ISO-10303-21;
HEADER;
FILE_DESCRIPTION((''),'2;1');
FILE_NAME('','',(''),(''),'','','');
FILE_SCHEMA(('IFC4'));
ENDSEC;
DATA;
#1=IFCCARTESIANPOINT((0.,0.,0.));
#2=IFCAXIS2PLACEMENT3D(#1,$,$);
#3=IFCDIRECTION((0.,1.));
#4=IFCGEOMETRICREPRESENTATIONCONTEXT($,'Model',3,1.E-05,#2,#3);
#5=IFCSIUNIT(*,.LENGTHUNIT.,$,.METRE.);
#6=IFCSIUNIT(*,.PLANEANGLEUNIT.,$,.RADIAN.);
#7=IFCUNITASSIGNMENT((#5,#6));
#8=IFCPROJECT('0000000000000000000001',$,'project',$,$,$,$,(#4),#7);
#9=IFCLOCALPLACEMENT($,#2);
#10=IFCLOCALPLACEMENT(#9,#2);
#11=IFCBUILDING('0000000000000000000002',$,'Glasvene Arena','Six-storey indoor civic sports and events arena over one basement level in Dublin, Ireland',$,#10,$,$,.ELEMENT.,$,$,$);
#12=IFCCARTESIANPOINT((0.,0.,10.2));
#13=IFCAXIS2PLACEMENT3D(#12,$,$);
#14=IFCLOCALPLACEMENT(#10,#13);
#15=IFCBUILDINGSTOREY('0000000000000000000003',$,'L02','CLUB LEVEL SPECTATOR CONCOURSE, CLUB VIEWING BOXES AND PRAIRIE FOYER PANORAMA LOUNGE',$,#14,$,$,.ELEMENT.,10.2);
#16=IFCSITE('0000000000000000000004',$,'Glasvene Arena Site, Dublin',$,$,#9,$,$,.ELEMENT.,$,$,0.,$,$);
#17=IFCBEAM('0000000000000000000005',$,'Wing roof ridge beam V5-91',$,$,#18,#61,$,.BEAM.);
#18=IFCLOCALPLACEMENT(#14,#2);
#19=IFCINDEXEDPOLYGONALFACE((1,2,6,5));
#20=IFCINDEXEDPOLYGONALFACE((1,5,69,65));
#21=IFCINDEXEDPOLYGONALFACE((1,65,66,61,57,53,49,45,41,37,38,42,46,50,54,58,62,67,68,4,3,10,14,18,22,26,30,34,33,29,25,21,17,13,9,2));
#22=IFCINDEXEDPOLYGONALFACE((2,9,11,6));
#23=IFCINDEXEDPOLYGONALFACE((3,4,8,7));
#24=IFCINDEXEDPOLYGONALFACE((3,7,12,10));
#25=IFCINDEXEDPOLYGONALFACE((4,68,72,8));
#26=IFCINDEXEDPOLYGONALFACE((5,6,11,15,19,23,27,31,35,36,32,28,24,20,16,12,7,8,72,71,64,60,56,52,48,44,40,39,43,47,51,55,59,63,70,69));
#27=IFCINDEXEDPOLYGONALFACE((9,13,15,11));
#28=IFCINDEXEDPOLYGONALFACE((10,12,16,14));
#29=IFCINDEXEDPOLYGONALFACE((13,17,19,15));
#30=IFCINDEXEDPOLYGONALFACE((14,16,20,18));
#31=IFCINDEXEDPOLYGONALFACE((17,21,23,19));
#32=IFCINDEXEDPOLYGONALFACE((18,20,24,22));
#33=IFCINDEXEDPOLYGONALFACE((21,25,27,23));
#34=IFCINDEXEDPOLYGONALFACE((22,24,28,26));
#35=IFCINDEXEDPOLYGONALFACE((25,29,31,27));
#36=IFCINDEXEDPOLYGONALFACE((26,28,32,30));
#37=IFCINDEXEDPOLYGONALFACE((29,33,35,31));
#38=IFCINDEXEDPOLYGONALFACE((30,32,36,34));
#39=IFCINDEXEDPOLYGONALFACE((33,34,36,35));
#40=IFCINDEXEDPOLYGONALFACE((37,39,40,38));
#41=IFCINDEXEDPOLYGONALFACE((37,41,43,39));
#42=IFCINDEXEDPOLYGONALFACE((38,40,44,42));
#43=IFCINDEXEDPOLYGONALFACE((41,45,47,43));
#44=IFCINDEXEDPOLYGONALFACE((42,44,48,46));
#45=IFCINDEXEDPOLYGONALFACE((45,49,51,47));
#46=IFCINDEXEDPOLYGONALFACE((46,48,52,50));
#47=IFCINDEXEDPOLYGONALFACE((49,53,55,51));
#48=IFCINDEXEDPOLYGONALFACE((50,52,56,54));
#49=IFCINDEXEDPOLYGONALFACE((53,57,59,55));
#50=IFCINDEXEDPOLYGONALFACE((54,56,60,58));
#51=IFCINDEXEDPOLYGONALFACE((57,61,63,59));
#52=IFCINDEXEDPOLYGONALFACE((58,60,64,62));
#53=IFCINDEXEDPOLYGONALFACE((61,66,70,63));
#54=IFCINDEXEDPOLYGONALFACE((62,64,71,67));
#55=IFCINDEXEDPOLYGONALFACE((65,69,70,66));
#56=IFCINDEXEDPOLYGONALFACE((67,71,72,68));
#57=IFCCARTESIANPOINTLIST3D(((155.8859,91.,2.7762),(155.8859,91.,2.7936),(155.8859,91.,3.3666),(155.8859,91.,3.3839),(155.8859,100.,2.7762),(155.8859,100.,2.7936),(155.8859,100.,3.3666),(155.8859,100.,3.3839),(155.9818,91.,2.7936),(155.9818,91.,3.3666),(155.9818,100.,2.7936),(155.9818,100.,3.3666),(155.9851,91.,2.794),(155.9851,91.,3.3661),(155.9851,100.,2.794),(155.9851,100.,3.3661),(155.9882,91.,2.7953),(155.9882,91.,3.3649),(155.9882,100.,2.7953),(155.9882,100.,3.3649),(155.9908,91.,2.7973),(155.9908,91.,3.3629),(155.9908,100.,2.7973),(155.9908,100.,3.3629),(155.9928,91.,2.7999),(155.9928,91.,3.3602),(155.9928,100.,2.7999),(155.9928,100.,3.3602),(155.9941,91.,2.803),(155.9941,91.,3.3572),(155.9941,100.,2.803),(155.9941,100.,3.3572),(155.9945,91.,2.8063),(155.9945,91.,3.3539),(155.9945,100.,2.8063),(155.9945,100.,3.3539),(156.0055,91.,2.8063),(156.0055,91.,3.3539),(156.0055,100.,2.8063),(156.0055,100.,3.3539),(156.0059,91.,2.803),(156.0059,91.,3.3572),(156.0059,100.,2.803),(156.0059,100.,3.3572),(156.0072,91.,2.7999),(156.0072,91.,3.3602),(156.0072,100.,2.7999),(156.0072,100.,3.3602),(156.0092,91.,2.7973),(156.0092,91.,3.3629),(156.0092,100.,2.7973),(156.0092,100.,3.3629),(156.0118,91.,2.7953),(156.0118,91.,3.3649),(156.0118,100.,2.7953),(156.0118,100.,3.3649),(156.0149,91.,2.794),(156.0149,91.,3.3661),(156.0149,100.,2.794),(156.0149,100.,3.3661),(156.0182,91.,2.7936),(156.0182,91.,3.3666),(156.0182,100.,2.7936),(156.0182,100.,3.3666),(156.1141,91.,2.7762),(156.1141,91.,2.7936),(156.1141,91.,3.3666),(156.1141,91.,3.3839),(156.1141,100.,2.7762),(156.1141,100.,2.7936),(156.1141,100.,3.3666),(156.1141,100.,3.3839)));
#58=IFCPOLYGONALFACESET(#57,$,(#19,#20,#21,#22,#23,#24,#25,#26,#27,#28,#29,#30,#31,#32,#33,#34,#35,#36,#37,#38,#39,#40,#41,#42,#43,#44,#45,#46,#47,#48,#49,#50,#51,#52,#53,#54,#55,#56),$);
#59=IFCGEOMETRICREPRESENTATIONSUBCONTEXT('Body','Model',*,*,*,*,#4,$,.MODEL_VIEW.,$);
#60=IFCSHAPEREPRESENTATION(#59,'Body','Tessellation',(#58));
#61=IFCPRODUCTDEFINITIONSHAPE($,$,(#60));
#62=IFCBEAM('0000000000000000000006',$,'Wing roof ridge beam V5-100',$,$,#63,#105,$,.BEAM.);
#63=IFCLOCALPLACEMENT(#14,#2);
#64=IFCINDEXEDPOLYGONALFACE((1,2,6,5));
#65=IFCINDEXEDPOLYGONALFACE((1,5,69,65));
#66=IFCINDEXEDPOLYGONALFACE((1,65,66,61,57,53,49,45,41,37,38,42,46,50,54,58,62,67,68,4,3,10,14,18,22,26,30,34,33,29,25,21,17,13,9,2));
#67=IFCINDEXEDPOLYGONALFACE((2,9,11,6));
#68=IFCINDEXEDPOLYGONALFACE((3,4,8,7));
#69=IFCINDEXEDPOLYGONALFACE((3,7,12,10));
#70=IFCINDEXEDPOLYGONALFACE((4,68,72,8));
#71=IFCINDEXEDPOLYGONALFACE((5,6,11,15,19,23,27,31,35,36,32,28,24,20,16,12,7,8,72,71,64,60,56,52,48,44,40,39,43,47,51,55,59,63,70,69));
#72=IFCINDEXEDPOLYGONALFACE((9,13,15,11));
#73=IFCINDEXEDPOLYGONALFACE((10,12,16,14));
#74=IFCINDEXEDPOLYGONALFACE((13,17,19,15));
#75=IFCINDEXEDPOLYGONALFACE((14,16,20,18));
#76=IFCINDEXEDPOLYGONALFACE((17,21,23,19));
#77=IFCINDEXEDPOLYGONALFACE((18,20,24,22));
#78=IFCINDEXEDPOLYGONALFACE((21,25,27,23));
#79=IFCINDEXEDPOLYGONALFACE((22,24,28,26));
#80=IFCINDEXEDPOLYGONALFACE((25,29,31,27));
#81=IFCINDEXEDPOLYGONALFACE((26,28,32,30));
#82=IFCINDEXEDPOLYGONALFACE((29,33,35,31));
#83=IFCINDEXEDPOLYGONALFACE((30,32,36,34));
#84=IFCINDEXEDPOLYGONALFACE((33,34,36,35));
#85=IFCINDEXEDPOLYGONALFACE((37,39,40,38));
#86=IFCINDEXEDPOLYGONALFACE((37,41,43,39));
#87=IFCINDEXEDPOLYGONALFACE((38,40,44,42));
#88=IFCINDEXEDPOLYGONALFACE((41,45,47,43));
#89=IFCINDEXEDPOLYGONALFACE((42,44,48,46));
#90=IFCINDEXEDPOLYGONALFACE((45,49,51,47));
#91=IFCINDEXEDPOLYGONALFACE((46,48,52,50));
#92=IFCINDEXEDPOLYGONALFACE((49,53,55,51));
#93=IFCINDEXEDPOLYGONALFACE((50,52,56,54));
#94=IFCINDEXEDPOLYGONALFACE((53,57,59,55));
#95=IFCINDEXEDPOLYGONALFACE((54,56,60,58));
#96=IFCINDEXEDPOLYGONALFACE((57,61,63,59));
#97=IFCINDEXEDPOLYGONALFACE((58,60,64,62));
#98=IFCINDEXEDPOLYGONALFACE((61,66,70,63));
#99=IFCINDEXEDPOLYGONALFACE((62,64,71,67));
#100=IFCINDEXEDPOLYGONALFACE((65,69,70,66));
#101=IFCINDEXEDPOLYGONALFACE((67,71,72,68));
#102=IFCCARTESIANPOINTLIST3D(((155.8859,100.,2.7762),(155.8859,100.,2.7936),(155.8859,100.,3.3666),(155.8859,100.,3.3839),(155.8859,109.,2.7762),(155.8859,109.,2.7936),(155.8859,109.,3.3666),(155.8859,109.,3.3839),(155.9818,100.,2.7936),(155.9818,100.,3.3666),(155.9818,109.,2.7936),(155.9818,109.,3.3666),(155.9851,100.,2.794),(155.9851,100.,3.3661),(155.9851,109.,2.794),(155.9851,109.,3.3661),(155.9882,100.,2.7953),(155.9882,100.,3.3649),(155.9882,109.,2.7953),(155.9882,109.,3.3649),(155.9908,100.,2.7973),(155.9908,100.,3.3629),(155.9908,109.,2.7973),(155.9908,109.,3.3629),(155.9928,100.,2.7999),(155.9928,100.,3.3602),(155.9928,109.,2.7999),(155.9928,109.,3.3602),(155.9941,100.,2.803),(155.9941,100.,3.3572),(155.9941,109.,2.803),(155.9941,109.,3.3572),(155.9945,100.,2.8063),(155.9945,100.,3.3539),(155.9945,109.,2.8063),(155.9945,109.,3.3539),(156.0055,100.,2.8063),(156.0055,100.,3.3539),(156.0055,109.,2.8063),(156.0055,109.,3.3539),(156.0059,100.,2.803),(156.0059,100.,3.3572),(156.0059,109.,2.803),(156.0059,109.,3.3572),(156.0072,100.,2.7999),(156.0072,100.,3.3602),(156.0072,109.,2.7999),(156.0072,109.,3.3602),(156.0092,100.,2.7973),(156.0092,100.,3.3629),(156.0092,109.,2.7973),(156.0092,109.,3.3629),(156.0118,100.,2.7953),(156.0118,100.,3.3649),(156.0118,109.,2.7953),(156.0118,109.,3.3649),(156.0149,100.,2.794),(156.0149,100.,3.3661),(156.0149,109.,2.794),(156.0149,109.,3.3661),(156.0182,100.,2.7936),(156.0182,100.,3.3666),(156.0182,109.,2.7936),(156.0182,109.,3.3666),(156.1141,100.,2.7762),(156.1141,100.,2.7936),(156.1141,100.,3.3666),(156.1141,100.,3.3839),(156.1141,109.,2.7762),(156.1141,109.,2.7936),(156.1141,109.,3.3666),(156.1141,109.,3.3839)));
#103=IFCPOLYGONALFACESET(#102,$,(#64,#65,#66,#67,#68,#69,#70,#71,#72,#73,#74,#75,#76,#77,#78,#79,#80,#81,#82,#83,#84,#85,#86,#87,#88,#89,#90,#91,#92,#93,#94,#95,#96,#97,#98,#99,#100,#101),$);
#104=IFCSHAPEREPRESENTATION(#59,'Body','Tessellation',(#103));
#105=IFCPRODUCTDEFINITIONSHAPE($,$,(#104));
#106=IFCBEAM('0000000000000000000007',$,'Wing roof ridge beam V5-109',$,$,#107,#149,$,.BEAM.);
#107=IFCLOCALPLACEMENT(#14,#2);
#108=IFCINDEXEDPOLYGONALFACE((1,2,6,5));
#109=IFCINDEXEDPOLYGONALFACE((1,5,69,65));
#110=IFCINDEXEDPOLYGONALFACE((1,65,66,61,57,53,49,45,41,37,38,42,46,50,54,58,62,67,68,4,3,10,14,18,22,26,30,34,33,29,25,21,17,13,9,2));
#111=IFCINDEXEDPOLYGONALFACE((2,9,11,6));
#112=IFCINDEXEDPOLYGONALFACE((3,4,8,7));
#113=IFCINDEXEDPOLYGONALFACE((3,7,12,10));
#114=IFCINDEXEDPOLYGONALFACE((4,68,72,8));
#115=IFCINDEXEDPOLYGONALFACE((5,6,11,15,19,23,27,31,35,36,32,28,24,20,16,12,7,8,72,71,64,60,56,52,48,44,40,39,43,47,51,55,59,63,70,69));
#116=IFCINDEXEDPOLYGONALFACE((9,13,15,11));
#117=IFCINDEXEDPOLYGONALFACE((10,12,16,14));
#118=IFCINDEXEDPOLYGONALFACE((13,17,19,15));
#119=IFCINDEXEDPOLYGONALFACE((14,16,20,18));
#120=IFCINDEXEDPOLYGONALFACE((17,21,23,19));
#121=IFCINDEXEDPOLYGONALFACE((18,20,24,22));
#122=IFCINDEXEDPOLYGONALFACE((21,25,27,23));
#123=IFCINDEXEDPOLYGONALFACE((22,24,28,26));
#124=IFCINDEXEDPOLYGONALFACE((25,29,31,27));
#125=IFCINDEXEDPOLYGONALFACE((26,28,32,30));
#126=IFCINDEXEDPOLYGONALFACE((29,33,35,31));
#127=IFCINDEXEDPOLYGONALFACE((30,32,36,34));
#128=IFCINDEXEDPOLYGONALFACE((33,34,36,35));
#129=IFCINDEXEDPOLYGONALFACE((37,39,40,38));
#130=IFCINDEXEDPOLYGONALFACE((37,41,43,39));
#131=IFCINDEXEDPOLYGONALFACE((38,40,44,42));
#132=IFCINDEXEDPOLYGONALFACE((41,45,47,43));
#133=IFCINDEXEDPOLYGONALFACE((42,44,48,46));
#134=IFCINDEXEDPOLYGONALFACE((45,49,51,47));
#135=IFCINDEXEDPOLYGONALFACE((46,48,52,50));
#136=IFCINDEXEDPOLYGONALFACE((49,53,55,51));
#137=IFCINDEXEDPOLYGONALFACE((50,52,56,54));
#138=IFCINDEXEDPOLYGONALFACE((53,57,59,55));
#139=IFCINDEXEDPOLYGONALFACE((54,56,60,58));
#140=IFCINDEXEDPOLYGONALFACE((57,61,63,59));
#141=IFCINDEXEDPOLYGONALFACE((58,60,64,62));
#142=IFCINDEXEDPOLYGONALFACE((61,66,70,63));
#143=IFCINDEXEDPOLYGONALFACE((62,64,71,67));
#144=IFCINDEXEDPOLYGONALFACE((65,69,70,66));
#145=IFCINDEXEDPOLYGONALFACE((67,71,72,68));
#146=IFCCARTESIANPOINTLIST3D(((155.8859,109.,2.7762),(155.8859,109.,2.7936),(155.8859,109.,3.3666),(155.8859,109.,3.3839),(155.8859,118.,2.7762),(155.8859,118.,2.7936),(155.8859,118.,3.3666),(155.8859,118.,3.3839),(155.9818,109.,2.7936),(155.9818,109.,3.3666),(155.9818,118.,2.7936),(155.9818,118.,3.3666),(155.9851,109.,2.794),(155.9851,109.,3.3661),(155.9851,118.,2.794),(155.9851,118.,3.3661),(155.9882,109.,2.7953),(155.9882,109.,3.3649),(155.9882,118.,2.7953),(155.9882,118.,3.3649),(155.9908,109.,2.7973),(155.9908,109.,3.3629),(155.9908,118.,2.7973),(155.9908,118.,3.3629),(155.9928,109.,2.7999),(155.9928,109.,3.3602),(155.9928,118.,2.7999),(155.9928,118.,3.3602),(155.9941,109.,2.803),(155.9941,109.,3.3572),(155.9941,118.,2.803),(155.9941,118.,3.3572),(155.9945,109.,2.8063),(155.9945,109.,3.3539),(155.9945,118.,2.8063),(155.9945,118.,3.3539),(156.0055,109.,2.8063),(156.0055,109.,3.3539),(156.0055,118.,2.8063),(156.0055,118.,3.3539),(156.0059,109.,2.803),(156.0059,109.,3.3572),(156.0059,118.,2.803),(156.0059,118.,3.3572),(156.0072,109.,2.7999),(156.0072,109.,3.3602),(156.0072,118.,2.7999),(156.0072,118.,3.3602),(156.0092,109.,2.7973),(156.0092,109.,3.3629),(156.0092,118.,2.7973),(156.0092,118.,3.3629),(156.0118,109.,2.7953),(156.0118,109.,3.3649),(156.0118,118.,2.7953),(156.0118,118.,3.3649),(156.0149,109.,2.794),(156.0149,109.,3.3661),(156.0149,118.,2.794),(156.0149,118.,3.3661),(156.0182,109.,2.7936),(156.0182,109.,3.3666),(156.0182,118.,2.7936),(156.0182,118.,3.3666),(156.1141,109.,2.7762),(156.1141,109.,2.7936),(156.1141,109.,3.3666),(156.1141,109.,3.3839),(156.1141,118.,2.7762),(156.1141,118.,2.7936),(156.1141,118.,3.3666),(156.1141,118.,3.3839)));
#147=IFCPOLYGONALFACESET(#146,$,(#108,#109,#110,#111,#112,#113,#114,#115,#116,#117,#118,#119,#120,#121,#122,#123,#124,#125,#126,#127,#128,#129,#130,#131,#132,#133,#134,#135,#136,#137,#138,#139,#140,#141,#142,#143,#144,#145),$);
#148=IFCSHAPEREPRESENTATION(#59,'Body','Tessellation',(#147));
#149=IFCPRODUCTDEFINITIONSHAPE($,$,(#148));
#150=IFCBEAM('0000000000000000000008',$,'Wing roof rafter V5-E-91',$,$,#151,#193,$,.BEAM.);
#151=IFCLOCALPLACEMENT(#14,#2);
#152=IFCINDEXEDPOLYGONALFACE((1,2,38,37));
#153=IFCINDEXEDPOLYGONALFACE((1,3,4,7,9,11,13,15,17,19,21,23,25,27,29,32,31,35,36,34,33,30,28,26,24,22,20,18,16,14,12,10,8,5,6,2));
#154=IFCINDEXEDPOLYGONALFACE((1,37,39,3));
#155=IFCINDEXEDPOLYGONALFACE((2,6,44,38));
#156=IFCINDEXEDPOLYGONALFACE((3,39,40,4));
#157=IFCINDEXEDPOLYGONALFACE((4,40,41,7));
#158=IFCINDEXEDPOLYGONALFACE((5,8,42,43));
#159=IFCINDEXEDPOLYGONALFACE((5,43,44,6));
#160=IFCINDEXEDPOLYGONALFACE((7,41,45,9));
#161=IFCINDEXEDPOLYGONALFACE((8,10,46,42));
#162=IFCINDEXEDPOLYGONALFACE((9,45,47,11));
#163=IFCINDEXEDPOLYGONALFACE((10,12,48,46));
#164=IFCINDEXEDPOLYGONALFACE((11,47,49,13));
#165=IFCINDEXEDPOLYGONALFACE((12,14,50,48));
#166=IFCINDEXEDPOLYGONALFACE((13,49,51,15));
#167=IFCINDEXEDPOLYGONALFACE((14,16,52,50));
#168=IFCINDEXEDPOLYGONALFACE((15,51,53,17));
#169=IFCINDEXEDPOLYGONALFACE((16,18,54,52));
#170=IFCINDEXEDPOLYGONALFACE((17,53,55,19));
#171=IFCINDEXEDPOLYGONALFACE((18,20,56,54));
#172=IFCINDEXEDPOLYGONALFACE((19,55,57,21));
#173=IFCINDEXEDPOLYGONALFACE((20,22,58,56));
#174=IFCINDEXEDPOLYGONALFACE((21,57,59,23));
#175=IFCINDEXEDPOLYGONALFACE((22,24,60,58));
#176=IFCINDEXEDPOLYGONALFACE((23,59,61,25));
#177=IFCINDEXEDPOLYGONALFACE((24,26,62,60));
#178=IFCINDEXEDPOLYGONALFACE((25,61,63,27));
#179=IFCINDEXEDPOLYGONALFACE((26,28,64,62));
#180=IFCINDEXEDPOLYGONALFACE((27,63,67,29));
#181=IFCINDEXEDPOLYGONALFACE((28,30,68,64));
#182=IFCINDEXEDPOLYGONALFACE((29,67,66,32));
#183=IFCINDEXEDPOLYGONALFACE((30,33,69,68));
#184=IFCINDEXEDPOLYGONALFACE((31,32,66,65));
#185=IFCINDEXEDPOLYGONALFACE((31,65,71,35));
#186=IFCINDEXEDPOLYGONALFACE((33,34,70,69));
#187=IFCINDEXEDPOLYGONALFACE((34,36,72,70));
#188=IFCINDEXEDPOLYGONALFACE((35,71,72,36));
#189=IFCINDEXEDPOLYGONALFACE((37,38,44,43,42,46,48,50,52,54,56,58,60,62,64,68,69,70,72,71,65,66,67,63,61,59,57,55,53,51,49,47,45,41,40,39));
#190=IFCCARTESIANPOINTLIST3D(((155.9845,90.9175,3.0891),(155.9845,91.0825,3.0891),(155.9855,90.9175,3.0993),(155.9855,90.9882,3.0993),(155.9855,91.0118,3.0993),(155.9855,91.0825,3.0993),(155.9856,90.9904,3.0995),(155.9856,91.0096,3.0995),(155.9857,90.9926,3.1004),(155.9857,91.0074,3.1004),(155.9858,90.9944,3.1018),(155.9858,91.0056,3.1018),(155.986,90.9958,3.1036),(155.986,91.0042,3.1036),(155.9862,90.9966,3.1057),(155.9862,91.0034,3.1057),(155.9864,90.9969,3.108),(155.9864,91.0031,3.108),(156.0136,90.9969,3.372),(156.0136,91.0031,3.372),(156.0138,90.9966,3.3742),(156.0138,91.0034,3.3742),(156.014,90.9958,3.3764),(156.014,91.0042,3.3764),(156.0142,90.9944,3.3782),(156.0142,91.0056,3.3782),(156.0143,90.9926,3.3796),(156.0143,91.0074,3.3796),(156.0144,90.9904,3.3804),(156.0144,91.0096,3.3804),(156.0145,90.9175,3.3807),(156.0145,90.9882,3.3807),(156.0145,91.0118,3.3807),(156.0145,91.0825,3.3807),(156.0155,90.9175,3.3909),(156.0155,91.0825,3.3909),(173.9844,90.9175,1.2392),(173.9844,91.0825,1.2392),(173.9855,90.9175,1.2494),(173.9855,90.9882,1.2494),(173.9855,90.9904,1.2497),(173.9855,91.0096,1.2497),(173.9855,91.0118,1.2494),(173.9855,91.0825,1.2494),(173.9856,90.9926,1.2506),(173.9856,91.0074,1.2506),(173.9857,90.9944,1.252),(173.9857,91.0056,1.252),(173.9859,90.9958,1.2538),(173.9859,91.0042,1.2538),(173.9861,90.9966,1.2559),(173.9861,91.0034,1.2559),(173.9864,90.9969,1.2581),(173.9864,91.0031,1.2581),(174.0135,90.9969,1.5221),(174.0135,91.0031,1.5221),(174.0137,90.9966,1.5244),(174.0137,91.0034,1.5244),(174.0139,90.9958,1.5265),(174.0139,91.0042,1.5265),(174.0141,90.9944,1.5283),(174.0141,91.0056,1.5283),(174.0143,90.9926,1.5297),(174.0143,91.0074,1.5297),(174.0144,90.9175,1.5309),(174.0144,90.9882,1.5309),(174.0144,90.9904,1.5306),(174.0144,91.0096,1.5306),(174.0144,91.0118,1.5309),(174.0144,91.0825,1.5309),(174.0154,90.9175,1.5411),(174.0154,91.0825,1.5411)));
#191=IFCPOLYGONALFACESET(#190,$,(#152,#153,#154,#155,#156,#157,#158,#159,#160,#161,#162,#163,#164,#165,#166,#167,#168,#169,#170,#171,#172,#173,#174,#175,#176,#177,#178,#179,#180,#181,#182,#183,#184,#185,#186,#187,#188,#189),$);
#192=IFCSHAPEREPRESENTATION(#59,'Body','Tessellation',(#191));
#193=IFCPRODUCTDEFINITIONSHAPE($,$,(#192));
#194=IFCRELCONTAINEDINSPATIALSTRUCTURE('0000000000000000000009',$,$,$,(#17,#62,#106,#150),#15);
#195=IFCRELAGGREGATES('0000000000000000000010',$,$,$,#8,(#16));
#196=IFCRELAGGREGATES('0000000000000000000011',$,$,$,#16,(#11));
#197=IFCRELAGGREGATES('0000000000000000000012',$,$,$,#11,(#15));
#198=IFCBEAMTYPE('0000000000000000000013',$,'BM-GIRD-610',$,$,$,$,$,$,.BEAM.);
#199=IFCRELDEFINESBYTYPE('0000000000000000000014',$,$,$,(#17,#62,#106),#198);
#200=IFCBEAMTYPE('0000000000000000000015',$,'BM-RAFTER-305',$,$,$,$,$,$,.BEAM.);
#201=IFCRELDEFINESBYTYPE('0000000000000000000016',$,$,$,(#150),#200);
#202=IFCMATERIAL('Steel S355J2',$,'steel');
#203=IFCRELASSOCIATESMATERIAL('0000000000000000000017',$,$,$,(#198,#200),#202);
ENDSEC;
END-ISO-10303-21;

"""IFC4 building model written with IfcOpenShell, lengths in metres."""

from ifc_helpers import new_model, si_unit, direction, frame, origin, origin_2d, place, context, subcontext, project, spatial, i_section, extrude, material, material_profile, profile_set, type_object, element, save


model = new_model("IFC4")

# Units and contexts
model_context = context("Model", 3, precision=1e-05, world=origin(), true_north=direction((0.0, 1.0)))
body_context = subcontext(model_context, "Body", "Model", "MODEL_VIEW")
ifc_project = project(units=[si_unit("LENGTHUNIT", "METRE"), si_unit("PLANEANGLEUNIT", "RADIAN")], contexts=[model_context])

# Site, building, storey
site_placement = place(None, origin())
site = spatial("IfcSite", under=ifc_project, at=site_placement, Name="Glasvene Arena Site, Dublin", CompositionType="ELEMENT", RefElevation=0.0)
building_placement = place(site_placement, origin())
building = spatial("IfcBuilding", under=site, at=building_placement, Name="Glasvene Arena", Description="Six-storey indoor civic sports and events arena over one basement level in Dublin, Ireland", CompositionType="ELEMENT")
storey_placement = place(building_placement, frame((0.0, 0.0, 10.2)))
storey = spatial("IfcBuildingStorey", under=building, at=storey_placement, Name="L02", Description="CLUB LEVEL SPECTATOR CONCOURSE, CLUB VIEWING BOXES AND PRAIRIE FOYER PANORAMA LOUNGE", CompositionType="ELEMENT", Elevation=10.2)

# Shared definitions
ifc_material_1 = material(Name="Steel S355J2", Category="steel")

# Beams
ifc_material_profile_1 = material_profile(ifc_material_1, i_section(OverallWidth=0.2283, OverallDepth=0.6077, WebThickness=0.011, FlangeThickness=0.0173, FilletRadius=0.0127, at=origin_2d()), Name="UKB 610x229x113")
ifc_profile_set_1 = profile_set([ifc_material_profile_1], Name="Steel S355J2")
beam_type_1 = type_object("IfcBeamType", Name="BM-GIRD-610", PredefinedType="BEAM", material=ifc_profile_set_1)
for number, where, z_axis, x_axis, name in (
    (1, (156.0, 91.0, 3.0801), (0.0, 1.0, 0.0), (-1.0, 0.0, 0.0), "Wing roof ridge beam V5-91"),
    (2, (156.0, 100.0, 3.0801), (0.0, 1.0, 0.0), (-1.0, 0.0, 0.0), "Wing roof ridge beam V5-100"),
    (3, (156.0, 109.0, 3.0801), (0.0, 1.0, 0.0), (-1.0, 0.0, 0.0), "Wing roof ridge beam V5-109"),
):
    element("IfcBeam", number, at=place(storey_placement, frame(where, z_axis=z_axis, x_axis=x_axis)), inside=storey, type_object=beam_type_1, Name=name, PredefinedType="BEAM", context=body_context, shape_type="SweptSolid", body=[
        extrude(i_section(OverallWidth=0.2283, OverallDepth=0.6077, WebThickness=0.011, FlangeThickness=0.0173, FilletRadius=0.0127, at=origin_2d()), origin(), (0.0, 0.0, 1.0), 9.0),
    ])
ifc_material_profile_2 = material_profile(ifc_material_1, i_section(OverallWidth=0.165, OverallDepth=0.3035, WebThickness=0.0061, FlangeThickness=0.0103, FilletRadius=0.0088, at=origin_2d()), Name="UKB 305x165x40")
ifc_profile_set_2 = profile_set([ifc_material_profile_2], Name="Steel S355J2")
beam_type_2 = type_object("IfcBeamType", Name="BM-RAFTER-305", PredefinedType="BEAM", material=ifc_profile_set_2)
for number, where, z_axis, x_axis, name in (
    (4, (156.0, 91.0, 3.24), (0.994761, 0.0, -0.102231), (0.0, 1.0, 0.0), "Wing roof rafter V5-E-91"),
):
    element("IfcBeam", number, at=place(storey_placement, frame(where, z_axis=z_axis, x_axis=x_axis)), inside=storey, type_object=beam_type_2, Name=name, PredefinedType="BEAM", context=body_context, shape_type="SweptSolid", body=[
        extrude(i_section(OverallWidth=0.165, OverallDepth=0.3035, WebThickness=0.0061, FlangeThickness=0.0103, FilletRadius=0.0088, at=origin_2d()), origin(), (0.0, 0.0, 1.0), 18.0947),
    ])

save(model, "model.ifc")
